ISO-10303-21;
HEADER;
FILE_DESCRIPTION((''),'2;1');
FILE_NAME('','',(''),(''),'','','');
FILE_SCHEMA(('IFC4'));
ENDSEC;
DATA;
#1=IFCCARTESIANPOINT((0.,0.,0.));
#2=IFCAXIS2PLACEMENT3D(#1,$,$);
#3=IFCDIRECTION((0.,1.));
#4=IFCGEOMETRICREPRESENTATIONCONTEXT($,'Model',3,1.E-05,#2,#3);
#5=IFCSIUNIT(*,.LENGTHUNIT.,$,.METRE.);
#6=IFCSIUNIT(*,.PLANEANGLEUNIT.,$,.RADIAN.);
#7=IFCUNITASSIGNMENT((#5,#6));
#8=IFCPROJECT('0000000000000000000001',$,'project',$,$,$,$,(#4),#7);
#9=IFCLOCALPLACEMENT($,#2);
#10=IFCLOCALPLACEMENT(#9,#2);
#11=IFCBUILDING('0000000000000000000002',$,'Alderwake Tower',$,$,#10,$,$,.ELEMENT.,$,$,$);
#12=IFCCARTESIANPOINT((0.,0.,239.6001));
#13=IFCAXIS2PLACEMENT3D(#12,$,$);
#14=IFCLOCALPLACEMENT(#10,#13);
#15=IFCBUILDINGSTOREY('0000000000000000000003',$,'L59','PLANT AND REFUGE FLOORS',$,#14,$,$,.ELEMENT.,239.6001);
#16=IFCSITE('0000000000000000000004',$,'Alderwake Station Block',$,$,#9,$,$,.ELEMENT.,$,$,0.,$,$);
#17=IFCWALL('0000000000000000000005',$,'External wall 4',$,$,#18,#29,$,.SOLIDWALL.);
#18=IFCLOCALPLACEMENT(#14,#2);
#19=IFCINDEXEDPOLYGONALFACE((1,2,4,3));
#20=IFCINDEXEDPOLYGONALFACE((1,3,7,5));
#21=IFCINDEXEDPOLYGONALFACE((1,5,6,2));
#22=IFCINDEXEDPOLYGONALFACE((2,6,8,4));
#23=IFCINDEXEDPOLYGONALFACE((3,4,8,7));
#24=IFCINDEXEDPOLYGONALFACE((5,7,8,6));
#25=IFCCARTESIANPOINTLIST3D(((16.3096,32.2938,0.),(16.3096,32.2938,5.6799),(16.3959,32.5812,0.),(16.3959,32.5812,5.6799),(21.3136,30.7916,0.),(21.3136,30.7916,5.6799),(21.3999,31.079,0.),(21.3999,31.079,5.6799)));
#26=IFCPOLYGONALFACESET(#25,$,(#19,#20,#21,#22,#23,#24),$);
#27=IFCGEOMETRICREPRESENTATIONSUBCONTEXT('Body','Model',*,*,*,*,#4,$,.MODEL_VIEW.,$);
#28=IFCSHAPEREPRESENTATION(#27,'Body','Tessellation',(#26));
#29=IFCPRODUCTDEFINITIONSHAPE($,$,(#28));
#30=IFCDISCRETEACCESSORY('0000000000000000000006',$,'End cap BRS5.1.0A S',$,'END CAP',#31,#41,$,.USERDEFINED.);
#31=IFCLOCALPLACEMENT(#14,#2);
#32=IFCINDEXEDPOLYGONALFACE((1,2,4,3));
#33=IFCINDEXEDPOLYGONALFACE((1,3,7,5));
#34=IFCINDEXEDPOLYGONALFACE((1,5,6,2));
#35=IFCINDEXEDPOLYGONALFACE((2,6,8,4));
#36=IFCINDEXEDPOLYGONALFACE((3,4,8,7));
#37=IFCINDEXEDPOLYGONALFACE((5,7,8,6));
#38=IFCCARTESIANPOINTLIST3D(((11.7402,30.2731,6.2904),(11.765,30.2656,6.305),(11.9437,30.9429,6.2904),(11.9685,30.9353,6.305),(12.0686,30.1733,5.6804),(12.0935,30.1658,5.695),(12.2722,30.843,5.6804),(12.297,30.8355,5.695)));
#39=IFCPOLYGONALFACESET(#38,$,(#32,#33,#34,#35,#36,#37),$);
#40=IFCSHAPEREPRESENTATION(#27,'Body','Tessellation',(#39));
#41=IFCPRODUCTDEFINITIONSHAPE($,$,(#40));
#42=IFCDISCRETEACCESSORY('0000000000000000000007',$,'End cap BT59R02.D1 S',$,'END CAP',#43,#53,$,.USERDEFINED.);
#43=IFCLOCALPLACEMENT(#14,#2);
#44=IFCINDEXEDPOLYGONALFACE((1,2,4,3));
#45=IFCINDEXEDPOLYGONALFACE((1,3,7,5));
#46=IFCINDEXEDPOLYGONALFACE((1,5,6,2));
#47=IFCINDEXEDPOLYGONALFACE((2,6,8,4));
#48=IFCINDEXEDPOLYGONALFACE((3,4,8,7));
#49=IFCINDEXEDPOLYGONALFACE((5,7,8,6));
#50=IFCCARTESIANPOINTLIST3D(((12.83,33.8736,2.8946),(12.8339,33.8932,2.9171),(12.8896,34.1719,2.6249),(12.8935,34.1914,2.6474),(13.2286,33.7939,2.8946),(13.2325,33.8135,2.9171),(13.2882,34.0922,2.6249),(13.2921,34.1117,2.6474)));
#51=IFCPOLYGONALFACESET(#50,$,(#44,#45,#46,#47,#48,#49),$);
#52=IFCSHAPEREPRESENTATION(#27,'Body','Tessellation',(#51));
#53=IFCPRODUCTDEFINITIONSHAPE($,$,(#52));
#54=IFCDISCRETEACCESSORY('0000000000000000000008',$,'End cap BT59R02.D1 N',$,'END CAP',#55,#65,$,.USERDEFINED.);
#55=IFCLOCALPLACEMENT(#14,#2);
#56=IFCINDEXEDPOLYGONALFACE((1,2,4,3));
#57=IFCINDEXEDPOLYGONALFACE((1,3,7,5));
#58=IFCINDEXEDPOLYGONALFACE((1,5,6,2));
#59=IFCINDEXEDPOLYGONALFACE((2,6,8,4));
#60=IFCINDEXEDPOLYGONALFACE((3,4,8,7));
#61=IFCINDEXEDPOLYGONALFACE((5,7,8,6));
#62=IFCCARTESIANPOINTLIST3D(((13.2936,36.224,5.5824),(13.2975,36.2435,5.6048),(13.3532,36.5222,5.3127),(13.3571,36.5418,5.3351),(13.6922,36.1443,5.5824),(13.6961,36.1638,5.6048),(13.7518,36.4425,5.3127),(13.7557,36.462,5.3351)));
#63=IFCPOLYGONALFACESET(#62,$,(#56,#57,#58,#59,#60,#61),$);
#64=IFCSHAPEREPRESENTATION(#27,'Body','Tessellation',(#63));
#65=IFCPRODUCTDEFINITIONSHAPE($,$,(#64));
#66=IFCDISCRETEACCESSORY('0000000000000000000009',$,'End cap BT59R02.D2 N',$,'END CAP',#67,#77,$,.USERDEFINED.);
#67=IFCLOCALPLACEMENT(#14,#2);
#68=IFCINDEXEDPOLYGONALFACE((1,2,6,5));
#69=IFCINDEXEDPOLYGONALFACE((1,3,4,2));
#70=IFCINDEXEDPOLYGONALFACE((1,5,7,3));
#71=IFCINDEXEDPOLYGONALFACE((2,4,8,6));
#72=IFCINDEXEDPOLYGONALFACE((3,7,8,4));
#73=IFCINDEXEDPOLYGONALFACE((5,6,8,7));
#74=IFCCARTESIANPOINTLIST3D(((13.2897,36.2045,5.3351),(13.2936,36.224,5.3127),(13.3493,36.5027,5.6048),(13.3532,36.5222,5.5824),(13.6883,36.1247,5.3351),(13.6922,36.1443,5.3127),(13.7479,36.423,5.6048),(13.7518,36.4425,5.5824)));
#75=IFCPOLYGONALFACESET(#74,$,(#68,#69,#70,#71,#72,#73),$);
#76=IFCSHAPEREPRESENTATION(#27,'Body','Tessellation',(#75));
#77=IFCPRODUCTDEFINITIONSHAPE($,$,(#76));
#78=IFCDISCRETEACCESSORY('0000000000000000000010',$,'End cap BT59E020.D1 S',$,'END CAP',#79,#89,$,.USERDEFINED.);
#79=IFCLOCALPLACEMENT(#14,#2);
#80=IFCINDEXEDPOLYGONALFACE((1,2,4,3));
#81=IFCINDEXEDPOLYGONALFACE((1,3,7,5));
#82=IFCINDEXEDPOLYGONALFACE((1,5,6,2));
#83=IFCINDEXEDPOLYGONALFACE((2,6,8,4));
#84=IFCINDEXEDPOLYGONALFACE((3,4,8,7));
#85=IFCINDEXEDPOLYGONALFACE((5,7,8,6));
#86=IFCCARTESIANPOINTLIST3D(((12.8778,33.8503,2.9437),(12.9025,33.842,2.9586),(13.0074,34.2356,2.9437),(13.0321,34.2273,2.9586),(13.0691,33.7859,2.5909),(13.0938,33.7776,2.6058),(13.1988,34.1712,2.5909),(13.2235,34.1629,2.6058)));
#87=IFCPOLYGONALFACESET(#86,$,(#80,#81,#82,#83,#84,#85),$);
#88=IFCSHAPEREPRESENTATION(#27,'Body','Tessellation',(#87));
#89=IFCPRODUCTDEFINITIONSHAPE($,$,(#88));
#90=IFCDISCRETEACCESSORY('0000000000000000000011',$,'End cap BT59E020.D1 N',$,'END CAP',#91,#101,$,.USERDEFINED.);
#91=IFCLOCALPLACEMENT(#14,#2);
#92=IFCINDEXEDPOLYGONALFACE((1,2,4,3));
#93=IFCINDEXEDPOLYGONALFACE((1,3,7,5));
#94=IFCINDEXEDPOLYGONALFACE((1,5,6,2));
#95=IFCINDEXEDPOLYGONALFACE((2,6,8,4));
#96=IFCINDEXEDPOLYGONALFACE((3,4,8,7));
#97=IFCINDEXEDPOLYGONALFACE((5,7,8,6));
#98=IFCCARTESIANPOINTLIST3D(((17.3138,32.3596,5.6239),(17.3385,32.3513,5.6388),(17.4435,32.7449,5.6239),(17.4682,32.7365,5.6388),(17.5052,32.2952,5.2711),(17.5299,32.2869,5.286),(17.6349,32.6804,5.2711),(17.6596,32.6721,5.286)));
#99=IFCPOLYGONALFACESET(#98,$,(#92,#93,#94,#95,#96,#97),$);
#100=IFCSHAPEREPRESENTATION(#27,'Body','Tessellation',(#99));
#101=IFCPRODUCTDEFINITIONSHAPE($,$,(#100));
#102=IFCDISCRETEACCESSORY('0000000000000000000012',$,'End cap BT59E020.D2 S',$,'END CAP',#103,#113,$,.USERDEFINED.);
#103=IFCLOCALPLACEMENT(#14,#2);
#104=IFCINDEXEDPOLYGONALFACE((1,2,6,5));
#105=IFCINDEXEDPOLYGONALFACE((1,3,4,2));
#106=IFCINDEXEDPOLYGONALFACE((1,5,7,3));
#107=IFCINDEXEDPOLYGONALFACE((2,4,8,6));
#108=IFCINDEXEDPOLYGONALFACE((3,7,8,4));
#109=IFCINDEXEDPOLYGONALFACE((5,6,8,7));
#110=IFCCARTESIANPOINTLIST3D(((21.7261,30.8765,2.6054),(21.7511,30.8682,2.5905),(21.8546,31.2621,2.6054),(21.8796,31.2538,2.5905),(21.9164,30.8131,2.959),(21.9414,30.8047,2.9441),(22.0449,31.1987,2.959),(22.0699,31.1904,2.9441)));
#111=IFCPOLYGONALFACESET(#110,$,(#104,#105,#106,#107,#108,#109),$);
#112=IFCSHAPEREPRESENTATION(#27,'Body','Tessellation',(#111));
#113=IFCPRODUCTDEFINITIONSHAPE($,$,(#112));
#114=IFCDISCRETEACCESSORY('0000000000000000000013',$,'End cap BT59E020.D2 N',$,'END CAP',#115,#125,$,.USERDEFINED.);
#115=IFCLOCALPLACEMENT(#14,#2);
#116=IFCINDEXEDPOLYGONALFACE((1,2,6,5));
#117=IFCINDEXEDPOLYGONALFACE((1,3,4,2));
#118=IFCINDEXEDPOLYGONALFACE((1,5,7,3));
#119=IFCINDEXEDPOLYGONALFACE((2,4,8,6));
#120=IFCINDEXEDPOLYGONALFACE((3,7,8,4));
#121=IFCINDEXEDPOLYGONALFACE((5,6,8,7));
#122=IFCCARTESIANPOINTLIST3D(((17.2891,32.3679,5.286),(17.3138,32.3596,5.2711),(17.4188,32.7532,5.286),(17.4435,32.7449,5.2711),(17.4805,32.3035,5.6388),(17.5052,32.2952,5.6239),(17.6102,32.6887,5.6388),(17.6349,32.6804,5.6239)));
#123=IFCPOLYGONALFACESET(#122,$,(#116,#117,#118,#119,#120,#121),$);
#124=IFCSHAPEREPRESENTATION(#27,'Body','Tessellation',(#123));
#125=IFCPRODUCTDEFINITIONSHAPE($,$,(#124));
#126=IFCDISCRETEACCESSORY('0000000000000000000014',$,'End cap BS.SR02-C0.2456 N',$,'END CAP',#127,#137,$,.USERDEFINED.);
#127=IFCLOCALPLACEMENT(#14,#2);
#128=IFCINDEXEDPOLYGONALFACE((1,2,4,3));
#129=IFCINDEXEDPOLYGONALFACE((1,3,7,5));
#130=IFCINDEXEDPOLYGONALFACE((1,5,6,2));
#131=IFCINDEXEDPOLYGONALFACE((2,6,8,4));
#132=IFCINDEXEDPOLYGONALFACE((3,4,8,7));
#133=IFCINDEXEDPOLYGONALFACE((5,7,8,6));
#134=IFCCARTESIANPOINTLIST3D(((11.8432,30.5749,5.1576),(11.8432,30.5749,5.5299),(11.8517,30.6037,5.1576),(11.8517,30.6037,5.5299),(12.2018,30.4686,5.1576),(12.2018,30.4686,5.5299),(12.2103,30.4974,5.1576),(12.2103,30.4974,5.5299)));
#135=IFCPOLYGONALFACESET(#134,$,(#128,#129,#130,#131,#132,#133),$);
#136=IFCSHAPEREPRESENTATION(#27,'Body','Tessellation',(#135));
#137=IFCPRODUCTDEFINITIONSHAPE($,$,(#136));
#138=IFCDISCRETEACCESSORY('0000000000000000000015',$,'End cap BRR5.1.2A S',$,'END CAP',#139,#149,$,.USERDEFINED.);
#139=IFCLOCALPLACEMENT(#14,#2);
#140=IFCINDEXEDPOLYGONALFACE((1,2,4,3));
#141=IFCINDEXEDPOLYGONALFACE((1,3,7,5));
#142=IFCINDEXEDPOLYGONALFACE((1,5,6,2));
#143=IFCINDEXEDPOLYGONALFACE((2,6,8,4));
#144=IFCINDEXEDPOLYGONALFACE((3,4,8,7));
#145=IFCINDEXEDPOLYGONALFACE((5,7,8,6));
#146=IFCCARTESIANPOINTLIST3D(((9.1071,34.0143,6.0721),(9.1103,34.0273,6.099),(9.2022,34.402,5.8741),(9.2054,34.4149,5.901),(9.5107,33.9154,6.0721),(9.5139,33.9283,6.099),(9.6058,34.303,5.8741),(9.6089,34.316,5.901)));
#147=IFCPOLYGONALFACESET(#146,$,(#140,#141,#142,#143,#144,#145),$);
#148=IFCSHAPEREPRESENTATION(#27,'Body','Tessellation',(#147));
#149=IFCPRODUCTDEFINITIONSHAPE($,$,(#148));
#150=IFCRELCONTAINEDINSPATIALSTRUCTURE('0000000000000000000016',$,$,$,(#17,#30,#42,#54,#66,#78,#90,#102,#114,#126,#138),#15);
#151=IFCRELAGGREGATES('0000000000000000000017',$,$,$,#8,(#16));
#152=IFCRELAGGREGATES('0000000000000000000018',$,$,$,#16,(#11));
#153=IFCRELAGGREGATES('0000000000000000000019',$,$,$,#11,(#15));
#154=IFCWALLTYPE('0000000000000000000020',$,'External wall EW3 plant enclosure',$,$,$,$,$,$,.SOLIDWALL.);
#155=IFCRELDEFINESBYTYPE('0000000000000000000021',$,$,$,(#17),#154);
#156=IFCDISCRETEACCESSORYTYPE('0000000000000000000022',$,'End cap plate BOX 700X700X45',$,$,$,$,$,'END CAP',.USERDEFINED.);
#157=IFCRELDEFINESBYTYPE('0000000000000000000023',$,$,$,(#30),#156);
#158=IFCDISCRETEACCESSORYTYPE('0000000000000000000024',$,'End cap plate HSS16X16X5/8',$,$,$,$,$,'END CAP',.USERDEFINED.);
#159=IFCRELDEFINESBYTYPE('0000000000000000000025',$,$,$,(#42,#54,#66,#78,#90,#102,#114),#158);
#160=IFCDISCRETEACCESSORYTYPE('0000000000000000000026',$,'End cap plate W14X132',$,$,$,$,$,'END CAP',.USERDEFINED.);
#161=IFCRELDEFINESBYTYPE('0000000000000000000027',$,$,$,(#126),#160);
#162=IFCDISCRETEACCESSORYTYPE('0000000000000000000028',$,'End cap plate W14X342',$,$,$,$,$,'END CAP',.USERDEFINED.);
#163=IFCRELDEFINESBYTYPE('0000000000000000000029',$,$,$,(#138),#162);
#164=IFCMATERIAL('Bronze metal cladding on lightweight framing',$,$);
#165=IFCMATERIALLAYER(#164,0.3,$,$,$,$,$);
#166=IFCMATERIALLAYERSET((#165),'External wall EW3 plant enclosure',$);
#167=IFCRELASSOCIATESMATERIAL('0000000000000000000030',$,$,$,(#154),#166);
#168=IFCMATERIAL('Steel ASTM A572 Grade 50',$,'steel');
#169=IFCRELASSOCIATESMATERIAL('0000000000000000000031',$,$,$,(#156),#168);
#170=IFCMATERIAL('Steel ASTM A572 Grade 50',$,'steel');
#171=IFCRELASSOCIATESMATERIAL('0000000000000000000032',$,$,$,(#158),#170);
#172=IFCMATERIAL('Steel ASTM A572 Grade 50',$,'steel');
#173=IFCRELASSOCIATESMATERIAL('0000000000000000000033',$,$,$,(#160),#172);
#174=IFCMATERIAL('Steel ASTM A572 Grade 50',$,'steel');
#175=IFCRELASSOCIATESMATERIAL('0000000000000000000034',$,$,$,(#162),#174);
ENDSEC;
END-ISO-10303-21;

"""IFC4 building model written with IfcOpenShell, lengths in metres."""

from ifc_helpers import new_model, si_unit, direction, frame, frame_2d, origin, origin_2d, place, context, subcontext, project, spatial, rectangle, extrude, material, layer, layer_set, material_profile, profile_set, type_object, element, save


model = new_model("IFC4")

# Units and contexts
model_context = context("Model", 3, precision=1e-05, world=origin(), true_north=direction((0.0, 1.0)))
body_context = subcontext(model_context, "Body", "Model", "MODEL_VIEW")
ifc_project = project(units=[si_unit("LENGTHUNIT", "METRE"), si_unit("PLANEANGLEUNIT", "RADIAN")], contexts=[model_context])

# Site, building, storey
site_placement = place(None, origin())
site = spatial("IfcSite", under=ifc_project, at=site_placement, Name="Alderwake Station Block", CompositionType="ELEMENT", RefElevation=0.0)
building_placement = place(site_placement, origin())
building = spatial("IfcBuilding", under=site, at=building_placement, Name="Alderwake Tower", CompositionType="ELEMENT")
storey_placement = place(building_placement, frame((0.0, 0.0, 239.6001)))
storey = spatial("IfcBuildingStorey", under=building, at=storey_placement, Name="L59", Description="PLANT AND REFUGE FLOORS", CompositionType="ELEMENT", Elevation=239.6001)

# Wall
ifc_material_1 = material(Name="Bronze metal cladding on lightweight framing")
ifc_layer_1 = layer(ifc_material_1, 0.3)
ifc_layer_set_1 = layer_set([ifc_layer_1], Name="External wall EW3 plant enclosure")
wall_type = type_object("IfcWallType", Name="External wall EW3 plant enclosure", PredefinedType="SOLIDWALL", material=ifc_layer_set_1)
wall_placement = place(storey_placement, frame((16.3528, 32.4375, 0.0), z_axis=(0.0, 0.0, 1.0), x_axis=(0.957772, -0.287528, 0.0)))
element("IfcWall", 1, at=wall_placement, inside=storey, type_object=wall_type, Name="External wall 4", PredefinedType="SOLIDWALL", context=body_context, shape_type="SweptSolid", body=[
    extrude(rectangle(XDim=5.2246, YDim=0.3, at=frame_2d((2.6123, 0.0))), origin(), (0.0, 0.0, 1.0), 5.6799),
])

# Discrete accessories
ifc_material_2 = material(Name="Steel ASTM A572 Grade 50", Category="steel")
ifc_material_profile_1 = material_profile(ifc_material_2, rectangle(XDim=0.7, YDim=0.7, at=origin_2d()), Name="BOX 700X700X45 cap")
ifc_profile_set_1 = profile_set([ifc_material_profile_1], Name="Steel ASTM A572 Grade 50")
discrete_accessory_type_1 = type_object("IfcDiscreteAccessoryType", Name="End cap plate BOX 700X700X45", ElementType="END CAP", PredefinedType="USERDEFINED", material=ifc_profile_set_1)
discrete_accessory_1_placement = place(storey_placement, frame((12.031, 30.5505, 6.0), z_axis=(-0.8338, 0.25341, -0.49047), x_axis=(-0.290788, -0.956787, 0.0)))
element("IfcDiscreteAccessory", 2, at=discrete_accessory_1_placement, inside=storey, type_object=discrete_accessory_type_1, Name="End cap BRS5.1.0A S", ObjectType="END CAP", PredefinedType="USERDEFINED", context=body_context, shape_type="SweptSolid", body=[
    extrude(rectangle(XDim=0.7, YDim=0.7, at=origin_2d()), origin(), (0.0, 0.0, 1.0), 0.0298),
])
ifc_material_3 = material(Name="Steel ASTM A572 Grade 50", Category="steel")
ifc_material_profile_2 = material_profile(ifc_material_3, rectangle(XDim=0.4065, YDim=0.4065, at=origin_2d()), Name="HSS16X16X5/8 cap")
ifc_profile_set_2 = profile_set([ifc_material_profile_2], Name="Steel ASTM A572 Grade 50")
discrete_accessory_type_2 = type_object("IfcDiscreteAccessoryType", Name="End cap plate HSS16X16X5/8", ElementType="END CAP", PredefinedType="USERDEFINED", material=ifc_profile_set_2)
for number, where, z_axis, x_axis, name in (
    (3, (13.063, 34.0024, 2.7822), (-0.13012, -0.6506, -0.74819), (0.980581, -0.196116, 0.0), "End cap BT59R02.D1 S"),
    (4, (13.5227, 36.3333, 5.4475), (0.13012, 0.6506, 0.74819), (-0.980581, 0.196116, 0.0), "End cap BT59R02.D1 N"),
    (5, (13.5227, 36.3333, 5.4475), (-0.13012, -0.6506, 0.74819), (0.980581, -0.196116, 0.0), "End cap BT59R02.D2 N"),
    (6, (13.063, 34.0024, 2.7822), (-0.822526, 0.27689, -0.496773), (-0.319041, -0.947741, 0.0), "End cap BT59E020.D1 S"),
    (7, (17.4744, 32.52, 5.4475), (0.822526, -0.27689, 0.496773), (0.319041, 0.947741, 0.0), "End cap BT59E020.D1 N"),
):
    element("IfcDiscreteAccessory", number, at=place(storey_placement, frame(where, z_axis=z_axis, x_axis=x_axis)), inside=storey, type_object=discrete_accessory_type_2, Name=name, ObjectType="END CAP", PredefinedType="USERDEFINED", context=body_context, shape_type="SweptSolid", body=[
        extrude(rectangle(XDim=0.4065, YDim=0.4065, at=origin_2d()), origin(), (0.0, 0.0, 1.0), 0.03),
    ])
discrete_accessory_2_placement = place(storey_placement, frame((21.8855, 31.0376, 2.7822), z_axis=(0.825134, -0.275045, -0.493462), x_axis=(0.316228, 0.948683, 0.0)))
element("IfcDiscreteAccessory", 8, at=discrete_accessory_2_placement, inside=storey, type_object=discrete_accessory_type_2, Name="End cap BT59E020.D2 S", ObjectType="END CAP", PredefinedType="USERDEFINED", context=body_context, shape_type="SweptSolid", body=[
    extrude(rectangle(XDim=0.4065, YDim=0.4065, at=origin_2d()), origin(), (0.0, 0.0, 1.0), 0.0303),
])
discrete_accessory_3_placement = place(storey_placement, frame((17.4744, 32.52, 5.4475), z_axis=(-0.822526, 0.27689, 0.496773), x_axis=(-0.319041, -0.947741, 0.0)))
element("IfcDiscreteAccessory", 9, at=discrete_accessory_3_placement, inside=storey, type_object=discrete_accessory_type_2, Name="End cap BT59E020.D2 N", ObjectType="END CAP", PredefinedType="USERDEFINED", context=body_context, shape_type="SweptSolid", body=[
    extrude(rectangle(XDim=0.4065, YDim=0.4065, at=origin_2d()), origin(), (0.0, 0.0, 1.0), 0.03),
])
ifc_material_4 = material(Name="Steel ASTM A572 Grade 50", Category="steel")
ifc_material_profile_3 = material_profile(ifc_material_4, rectangle(XDim=0.374, YDim=0.3723, at=origin_2d()), Name="W14X132 cap")
ifc_profile_set_3 = profile_set([ifc_material_profile_3], Name="Steel ASTM A572 Grade 50")
discrete_accessory_type_3 = type_object("IfcDiscreteAccessoryType", Name="End cap plate W14X132", ElementType="END CAP", PredefinedType="USERDEFINED", material=ifc_profile_set_3)
discrete_accessory_4_placement = place(storey_placement, frame((12.031, 30.5505, 5.3438), z_axis=(-0.284365, -0.958716, 0.0), x_axis=(0.958716, -0.284365, 0.0)))
element("IfcDiscreteAccessory", 10, at=discrete_accessory_4_placement, inside=storey, type_object=discrete_accessory_type_3, Name="End cap BS.SR02-C0.2456 N", ObjectType="END CAP", PredefinedType="USERDEFINED", context=body_context, shape_type="SweptSolid", body=[
    extrude(rectangle(XDim=0.374, YDim=0.3723, at=origin_2d()), origin(), (0.0, 0.0, 1.0), 0.03),
])
ifc_material_5 = material(Name="Steel ASTM A572 Grade 50", Category="steel")
ifc_material_profile_4 = material_profile(ifc_material_5, rectangle(XDim=0.4155, YDim=0.4456, at=origin_2d()), Name="W14X342 cap")
ifc_profile_set_4 = profile_set([ifc_material_profile_4], Name="Steel ASTM A572 Grade 50")
discrete_accessory_type_4 = type_object("IfcDiscreteAccessoryType", Name="End cap plate W14X342", ElementType="END CAP", PredefinedType="USERDEFINED", material=ifc_profile_set_4)
discrete_accessory_5_placement = place(storey_placement, frame((9.3596, 34.1716, 6.0), z_axis=(-0.10587, -0.431622, -0.89582), x_axis=(0.971211, -0.238222, 0.0)))
element("IfcDiscreteAccessory", 11, at=discrete_accessory_5_placement, inside=storey, type_object=discrete_accessory_type_4, Name="End cap BRR5.1.2A S", ObjectType="END CAP", PredefinedType="USERDEFINED", context=body_context, shape_type="SweptSolid", body=[
    extrude(rectangle(XDim=0.4155, YDim=0.4456, at=origin_2d()), origin(), (0.0, 0.0, 1.0), 0.03),
])

save(model, "model.ifc")
